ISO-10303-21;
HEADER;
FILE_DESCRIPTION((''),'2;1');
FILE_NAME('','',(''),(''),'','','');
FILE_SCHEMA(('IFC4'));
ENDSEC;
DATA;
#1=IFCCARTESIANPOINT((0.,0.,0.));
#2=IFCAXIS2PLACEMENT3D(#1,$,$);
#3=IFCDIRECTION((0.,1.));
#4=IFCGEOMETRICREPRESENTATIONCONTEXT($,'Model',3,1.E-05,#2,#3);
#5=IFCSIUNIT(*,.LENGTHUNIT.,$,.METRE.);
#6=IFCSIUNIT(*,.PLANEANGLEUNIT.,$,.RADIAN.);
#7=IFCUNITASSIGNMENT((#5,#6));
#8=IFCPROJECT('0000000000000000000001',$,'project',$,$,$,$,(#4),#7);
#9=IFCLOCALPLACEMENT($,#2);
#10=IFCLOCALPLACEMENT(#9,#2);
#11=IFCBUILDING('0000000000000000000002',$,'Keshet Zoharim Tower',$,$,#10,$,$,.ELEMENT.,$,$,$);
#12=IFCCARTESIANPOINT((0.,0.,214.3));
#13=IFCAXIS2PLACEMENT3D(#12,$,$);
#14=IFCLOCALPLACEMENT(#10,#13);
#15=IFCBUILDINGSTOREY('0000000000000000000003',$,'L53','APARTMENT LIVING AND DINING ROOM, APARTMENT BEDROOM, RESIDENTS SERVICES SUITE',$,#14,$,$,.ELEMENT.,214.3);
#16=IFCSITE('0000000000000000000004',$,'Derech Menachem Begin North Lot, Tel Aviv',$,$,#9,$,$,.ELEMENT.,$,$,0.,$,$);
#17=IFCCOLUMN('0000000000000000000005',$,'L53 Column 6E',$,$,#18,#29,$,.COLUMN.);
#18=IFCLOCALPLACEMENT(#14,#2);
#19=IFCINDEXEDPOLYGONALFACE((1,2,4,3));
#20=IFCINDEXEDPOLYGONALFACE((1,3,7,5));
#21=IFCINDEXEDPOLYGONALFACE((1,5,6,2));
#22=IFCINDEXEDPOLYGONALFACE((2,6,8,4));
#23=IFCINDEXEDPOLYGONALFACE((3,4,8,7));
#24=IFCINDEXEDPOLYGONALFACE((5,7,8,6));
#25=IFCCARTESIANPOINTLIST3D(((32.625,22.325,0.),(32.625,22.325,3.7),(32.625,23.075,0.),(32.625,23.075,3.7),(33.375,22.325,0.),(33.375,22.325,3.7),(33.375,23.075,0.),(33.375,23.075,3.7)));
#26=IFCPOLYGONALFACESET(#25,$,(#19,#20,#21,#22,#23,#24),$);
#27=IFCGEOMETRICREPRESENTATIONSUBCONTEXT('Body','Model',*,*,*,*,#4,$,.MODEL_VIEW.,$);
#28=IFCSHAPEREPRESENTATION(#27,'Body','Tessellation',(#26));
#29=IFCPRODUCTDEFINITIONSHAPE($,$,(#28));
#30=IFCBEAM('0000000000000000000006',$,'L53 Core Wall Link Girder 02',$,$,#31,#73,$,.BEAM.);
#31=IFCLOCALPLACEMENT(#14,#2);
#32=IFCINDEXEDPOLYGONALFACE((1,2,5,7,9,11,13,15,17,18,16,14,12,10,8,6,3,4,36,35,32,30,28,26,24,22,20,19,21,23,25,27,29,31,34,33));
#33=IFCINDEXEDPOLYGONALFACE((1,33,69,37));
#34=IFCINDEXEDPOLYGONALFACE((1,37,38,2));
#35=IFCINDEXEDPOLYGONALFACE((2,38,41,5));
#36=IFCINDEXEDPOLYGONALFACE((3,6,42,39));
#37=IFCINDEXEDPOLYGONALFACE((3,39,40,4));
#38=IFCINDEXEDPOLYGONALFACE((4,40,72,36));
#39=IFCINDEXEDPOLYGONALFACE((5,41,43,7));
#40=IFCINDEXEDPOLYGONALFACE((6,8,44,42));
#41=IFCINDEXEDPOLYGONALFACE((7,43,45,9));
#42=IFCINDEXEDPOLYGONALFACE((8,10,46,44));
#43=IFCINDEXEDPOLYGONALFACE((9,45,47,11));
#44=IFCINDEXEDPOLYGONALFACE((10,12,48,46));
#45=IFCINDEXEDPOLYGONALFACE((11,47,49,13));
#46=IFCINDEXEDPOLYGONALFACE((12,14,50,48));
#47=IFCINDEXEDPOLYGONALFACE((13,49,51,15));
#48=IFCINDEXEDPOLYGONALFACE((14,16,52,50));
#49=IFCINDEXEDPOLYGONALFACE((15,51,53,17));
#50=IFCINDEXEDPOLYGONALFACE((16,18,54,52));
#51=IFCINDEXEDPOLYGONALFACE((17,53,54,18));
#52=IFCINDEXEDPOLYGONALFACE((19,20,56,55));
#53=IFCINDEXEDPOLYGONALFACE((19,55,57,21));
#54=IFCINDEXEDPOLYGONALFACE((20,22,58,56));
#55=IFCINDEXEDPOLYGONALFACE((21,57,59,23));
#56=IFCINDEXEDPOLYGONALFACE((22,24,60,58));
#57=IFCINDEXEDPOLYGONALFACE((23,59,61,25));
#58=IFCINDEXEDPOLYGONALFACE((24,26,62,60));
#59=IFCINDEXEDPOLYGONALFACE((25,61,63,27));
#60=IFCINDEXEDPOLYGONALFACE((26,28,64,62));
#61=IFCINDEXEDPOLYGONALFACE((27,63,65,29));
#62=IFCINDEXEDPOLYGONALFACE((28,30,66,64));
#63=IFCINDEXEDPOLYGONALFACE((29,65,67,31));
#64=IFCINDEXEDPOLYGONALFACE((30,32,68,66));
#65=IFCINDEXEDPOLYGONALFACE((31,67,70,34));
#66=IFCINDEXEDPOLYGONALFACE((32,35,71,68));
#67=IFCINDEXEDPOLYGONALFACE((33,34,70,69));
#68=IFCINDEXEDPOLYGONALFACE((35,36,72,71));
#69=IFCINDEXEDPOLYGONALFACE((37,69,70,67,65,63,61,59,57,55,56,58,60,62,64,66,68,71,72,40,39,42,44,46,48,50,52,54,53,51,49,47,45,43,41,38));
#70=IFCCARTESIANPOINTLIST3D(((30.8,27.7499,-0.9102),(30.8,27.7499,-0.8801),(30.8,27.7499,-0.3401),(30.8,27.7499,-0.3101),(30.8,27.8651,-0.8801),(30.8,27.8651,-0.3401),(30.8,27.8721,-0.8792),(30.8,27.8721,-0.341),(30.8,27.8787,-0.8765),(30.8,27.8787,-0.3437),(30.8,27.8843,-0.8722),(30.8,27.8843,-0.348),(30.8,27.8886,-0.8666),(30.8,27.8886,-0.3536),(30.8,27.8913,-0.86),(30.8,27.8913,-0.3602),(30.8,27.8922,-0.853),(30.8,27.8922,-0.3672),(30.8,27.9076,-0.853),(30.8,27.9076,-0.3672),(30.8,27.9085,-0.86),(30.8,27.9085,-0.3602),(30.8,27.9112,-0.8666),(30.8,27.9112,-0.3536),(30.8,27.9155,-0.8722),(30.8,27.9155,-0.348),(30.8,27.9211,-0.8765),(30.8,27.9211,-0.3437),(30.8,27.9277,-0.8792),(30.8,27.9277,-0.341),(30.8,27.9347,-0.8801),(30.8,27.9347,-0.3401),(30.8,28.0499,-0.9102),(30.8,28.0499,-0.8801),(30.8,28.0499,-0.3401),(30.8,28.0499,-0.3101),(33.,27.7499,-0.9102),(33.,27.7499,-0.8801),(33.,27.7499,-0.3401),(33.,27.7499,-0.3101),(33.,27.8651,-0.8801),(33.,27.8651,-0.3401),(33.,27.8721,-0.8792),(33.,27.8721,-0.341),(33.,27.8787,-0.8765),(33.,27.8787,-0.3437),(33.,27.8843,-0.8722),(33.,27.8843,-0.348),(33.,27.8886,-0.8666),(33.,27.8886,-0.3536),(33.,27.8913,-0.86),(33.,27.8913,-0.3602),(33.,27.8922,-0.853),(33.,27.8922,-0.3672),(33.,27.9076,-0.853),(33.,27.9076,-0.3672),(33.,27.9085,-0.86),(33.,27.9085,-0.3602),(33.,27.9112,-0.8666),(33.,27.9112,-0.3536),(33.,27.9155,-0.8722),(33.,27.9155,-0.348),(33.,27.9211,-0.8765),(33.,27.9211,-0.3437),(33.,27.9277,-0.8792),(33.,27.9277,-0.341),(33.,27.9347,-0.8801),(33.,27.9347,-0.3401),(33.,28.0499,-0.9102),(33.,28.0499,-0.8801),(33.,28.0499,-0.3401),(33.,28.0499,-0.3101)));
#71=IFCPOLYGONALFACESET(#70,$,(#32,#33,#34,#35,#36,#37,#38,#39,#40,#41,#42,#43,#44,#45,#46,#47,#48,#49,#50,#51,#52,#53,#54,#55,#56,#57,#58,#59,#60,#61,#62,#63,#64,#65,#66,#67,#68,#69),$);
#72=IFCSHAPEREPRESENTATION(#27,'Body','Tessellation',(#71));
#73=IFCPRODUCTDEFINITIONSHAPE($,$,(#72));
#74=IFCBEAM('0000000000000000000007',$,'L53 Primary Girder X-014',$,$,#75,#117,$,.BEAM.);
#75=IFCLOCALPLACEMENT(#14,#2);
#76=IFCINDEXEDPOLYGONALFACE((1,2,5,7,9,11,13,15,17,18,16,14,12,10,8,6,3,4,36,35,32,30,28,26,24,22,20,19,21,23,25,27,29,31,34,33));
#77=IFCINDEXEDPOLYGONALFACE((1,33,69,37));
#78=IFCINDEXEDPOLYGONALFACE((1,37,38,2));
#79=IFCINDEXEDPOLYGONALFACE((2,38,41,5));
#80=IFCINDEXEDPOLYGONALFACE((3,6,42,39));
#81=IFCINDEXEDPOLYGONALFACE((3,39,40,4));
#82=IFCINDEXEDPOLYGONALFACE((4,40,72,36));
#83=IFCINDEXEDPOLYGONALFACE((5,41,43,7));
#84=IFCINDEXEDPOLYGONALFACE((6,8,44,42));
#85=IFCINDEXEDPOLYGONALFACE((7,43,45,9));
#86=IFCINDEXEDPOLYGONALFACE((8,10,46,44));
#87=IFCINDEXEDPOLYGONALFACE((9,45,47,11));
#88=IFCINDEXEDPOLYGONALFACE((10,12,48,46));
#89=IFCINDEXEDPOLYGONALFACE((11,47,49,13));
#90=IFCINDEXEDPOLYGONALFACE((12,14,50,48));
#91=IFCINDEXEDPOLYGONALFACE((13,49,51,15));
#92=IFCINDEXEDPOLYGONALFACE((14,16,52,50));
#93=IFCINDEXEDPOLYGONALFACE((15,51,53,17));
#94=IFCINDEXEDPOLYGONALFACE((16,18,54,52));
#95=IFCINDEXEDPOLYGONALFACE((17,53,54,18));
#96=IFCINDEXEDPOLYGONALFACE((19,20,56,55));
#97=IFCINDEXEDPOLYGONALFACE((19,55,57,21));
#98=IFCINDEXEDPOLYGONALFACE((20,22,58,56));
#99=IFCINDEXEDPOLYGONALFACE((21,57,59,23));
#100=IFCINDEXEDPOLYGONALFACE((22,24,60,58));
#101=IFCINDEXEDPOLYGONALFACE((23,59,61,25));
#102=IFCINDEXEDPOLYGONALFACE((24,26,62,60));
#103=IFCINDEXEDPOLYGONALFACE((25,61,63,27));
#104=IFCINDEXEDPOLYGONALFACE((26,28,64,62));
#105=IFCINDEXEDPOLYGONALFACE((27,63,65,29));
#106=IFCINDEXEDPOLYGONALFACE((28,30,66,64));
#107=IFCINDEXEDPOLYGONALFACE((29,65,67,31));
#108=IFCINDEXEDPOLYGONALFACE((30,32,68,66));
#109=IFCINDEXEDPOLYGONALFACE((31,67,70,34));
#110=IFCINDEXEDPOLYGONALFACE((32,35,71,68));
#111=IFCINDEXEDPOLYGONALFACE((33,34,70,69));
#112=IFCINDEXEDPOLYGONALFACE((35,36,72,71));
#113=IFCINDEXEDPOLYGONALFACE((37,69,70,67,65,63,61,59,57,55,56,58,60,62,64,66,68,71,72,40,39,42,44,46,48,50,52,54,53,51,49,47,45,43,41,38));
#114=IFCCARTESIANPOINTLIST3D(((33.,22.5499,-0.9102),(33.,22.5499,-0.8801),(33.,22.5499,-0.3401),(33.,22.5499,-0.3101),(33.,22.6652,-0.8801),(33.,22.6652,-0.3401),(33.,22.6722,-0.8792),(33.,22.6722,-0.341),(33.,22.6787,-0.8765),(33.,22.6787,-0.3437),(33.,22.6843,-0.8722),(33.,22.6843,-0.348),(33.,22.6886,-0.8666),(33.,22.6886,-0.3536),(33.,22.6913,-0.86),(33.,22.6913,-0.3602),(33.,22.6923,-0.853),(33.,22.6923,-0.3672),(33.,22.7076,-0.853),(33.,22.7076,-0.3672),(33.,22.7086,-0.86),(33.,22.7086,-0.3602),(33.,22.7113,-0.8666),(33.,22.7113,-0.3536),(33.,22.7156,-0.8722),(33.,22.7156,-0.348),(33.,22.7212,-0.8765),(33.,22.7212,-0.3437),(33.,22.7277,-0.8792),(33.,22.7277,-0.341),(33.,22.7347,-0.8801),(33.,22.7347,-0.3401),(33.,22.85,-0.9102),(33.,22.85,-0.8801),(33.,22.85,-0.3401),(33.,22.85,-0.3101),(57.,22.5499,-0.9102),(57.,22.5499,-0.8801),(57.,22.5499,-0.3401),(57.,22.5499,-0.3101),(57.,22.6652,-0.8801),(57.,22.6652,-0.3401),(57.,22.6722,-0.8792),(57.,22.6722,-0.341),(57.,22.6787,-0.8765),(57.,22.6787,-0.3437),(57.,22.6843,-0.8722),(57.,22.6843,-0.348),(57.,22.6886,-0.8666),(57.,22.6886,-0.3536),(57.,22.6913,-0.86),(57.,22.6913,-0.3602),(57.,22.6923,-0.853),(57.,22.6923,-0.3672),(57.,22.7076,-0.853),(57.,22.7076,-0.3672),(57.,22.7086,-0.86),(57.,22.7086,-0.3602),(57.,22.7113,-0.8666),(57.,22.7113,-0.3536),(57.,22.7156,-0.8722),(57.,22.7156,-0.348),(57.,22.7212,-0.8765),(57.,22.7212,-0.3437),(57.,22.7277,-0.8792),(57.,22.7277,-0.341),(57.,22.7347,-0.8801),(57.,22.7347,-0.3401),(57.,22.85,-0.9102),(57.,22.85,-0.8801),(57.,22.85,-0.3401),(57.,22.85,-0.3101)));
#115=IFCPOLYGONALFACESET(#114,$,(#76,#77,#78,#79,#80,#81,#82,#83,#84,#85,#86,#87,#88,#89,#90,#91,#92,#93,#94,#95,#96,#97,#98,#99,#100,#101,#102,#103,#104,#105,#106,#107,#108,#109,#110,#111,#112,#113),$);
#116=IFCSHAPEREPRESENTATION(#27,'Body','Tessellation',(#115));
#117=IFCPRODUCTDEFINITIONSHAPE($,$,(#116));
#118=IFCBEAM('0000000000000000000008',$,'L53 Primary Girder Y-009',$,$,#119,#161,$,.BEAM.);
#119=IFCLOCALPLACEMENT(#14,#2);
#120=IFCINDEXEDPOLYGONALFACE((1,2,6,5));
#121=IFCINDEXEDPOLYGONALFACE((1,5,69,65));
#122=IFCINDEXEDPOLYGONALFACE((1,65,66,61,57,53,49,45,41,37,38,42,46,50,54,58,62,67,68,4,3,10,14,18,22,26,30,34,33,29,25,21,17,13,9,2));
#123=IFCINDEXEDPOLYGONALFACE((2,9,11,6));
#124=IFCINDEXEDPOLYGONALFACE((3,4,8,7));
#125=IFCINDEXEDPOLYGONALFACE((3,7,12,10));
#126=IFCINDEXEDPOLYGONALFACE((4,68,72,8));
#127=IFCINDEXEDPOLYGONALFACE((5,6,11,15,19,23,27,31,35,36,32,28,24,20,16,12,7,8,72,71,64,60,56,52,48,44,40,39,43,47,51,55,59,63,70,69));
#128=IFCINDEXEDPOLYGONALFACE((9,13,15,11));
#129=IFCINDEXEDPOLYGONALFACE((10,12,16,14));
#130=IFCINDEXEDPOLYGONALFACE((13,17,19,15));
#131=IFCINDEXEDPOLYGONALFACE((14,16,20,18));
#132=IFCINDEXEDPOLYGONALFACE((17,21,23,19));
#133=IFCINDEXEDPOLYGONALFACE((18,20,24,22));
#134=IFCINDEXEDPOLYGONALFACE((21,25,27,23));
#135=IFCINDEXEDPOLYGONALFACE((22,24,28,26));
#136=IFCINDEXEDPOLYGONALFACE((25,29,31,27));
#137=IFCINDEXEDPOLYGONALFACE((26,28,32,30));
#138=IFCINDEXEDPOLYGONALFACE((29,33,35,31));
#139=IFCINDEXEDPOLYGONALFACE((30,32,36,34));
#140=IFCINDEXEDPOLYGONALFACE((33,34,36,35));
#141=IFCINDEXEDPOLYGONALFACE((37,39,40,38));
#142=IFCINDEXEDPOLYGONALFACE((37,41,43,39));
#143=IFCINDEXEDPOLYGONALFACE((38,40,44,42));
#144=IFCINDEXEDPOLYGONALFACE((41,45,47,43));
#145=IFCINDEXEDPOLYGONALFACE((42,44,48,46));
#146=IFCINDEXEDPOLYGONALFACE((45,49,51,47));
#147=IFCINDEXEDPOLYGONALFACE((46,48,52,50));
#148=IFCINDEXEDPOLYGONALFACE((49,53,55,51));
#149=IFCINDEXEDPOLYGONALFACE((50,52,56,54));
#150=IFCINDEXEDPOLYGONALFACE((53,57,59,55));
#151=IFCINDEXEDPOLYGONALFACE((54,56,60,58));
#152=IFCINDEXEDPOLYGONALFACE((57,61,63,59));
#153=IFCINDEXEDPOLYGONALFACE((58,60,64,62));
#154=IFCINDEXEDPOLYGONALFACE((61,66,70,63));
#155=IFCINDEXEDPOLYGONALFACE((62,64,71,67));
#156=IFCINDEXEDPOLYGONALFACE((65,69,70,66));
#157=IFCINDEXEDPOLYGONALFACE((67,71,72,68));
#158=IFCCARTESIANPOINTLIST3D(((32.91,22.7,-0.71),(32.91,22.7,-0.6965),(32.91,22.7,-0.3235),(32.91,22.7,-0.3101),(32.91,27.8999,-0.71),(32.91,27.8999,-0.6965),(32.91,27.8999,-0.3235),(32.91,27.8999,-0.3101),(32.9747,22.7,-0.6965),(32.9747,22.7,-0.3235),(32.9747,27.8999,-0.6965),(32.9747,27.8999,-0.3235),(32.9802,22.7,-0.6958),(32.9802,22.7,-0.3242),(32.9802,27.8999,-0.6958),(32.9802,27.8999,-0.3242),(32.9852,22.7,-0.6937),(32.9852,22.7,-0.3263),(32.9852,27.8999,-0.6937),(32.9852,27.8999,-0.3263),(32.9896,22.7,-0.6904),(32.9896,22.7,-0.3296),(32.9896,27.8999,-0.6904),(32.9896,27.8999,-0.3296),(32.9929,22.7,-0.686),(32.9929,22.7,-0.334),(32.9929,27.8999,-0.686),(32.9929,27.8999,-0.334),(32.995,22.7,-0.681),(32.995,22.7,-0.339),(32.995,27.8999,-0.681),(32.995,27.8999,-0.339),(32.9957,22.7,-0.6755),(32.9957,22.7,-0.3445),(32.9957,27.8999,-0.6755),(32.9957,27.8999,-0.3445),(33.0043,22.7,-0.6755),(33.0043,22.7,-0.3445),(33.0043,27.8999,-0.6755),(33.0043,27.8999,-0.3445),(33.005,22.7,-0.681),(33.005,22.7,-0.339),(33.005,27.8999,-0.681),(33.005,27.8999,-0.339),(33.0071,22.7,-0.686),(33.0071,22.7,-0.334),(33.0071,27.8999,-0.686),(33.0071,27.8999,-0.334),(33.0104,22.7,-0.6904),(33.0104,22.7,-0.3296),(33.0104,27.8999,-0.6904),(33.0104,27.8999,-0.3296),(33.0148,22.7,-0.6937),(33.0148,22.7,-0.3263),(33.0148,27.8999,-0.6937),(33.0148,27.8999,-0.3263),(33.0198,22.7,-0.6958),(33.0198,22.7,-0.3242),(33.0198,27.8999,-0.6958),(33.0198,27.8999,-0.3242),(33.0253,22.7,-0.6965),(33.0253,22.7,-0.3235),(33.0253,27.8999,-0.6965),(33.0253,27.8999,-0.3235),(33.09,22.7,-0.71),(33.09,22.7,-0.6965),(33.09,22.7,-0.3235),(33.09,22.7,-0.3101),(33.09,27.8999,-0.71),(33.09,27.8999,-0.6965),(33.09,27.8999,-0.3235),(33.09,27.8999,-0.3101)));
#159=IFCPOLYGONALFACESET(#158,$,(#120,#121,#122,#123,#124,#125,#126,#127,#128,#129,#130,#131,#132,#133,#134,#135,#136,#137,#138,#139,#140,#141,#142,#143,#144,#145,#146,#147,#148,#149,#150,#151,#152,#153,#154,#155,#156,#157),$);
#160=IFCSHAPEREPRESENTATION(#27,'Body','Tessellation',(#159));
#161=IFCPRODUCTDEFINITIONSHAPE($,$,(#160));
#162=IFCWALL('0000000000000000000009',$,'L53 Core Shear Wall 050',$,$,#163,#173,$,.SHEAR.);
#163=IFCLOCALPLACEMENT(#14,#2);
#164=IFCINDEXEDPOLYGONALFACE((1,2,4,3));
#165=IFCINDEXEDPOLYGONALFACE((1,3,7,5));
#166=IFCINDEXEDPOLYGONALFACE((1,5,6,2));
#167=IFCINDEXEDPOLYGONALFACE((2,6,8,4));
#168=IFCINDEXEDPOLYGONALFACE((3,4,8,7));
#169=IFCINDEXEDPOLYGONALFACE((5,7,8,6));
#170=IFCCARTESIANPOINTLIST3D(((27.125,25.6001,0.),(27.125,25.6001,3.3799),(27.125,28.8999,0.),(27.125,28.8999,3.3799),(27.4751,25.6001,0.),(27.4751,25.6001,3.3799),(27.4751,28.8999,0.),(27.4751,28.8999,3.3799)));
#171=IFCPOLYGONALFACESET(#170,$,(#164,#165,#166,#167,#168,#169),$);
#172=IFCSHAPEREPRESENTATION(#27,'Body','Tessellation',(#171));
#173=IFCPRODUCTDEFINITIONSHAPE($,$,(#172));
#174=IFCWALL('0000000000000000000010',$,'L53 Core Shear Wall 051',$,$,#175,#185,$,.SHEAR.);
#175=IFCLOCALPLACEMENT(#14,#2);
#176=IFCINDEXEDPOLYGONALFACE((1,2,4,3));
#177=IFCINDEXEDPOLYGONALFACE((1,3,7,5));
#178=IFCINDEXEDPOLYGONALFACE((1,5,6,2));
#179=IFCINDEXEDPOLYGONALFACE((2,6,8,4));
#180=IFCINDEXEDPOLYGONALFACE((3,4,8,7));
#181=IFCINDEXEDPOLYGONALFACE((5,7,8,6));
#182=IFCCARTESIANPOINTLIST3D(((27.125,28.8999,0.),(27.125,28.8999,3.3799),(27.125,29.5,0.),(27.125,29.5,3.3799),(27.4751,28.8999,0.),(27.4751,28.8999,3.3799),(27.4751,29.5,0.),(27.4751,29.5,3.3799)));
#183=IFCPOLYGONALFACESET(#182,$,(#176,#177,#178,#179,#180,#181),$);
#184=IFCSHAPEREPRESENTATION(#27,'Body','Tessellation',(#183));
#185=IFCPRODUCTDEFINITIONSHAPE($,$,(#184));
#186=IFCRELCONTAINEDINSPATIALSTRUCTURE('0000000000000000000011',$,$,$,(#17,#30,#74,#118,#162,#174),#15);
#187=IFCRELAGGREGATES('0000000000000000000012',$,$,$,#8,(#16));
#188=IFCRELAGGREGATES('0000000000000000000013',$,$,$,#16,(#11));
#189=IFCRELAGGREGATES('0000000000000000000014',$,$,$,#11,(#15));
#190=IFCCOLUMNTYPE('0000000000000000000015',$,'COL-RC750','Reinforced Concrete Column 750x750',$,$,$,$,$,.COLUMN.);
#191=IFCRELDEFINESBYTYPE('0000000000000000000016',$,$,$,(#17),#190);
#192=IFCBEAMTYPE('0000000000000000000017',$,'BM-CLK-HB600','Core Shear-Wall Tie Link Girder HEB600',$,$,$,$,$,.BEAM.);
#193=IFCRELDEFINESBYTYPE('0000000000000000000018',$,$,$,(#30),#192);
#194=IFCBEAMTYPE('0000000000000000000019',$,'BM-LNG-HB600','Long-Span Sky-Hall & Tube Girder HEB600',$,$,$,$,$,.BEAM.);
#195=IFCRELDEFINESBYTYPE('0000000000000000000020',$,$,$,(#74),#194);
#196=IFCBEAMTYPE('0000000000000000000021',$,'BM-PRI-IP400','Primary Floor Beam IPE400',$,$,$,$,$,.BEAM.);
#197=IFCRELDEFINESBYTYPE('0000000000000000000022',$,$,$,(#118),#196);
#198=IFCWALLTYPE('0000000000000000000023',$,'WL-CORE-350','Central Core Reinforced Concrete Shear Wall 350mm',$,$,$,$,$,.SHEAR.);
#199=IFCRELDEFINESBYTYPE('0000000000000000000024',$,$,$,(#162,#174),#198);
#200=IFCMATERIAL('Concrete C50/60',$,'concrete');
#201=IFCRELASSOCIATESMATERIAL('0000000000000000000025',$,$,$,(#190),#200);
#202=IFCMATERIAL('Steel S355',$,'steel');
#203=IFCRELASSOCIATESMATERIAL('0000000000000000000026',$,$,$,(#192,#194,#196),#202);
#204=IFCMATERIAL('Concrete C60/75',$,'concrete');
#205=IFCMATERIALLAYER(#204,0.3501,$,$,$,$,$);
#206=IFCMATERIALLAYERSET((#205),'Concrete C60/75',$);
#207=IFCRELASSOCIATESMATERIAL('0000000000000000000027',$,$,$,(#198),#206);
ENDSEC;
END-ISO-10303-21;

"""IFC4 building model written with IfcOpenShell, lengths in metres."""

from ifc_helpers import new_model, si_unit, direction, frame, frame_2d, origin, origin_2d, place, context, subcontext, project, spatial, rectangle, i_section, extrude, material, layer, layer_set, material_profile, profile_set, type_object, element, save


model = new_model("IFC4")

# Units and contexts
model_context = context("Model", 3, precision=1e-05, world=origin(), true_north=direction((0.0, 1.0)))
body_context = subcontext(model_context, "Body", "Model", "MODEL_VIEW")
ifc_project = project(units=[si_unit("LENGTHUNIT", "METRE"), si_unit("PLANEANGLEUNIT", "RADIAN")], contexts=[model_context])

# Site, building, storey
site_placement = place(None, origin())
site = spatial("IfcSite", under=ifc_project, at=site_placement, Name="Derech Menachem Begin North Lot, Tel Aviv", CompositionType="ELEMENT", RefElevation=0.0)
building_placement = place(site_placement, origin())
building = spatial("IfcBuilding", under=site, at=building_placement, Name="Keshet Zoharim Tower", CompositionType="ELEMENT")
storey_placement = place(building_placement, frame((0.0, 0.0, 214.3)))
storey = spatial("IfcBuildingStorey", under=building, at=storey_placement, Name="L53", Description="APARTMENT LIVING AND DINING ROOM, APARTMENT BEDROOM, RESIDENTS SERVICES SUITE", CompositionType="ELEMENT", Elevation=214.3)

# Column
ifc_material_1 = material(Name="Concrete C50/60", Category="concrete")
ifc_material_profile_1 = material_profile(ifc_material_1, rectangle(XDim=0.75, YDim=0.75, at=origin_2d()), Name="RC750x750")
ifc_profile_set_1 = profile_set([ifc_material_profile_1], Name="Concrete C50/60")
column_type = type_object("IfcColumnType", Name="COL-RC750", Description="Reinforced Concrete Column 750x750", PredefinedType="COLUMN", material=ifc_profile_set_1)
column_placement = place(storey_placement, frame((33.0, 22.7, 0.0), z_axis=(0.0, 0.0, 1.0), x_axis=(1.0, 0.0, 0.0)))
element("IfcColumn", 1, at=column_placement, inside=storey, type_object=column_type, Name="L53 Column 6E", PredefinedType="COLUMN", context=body_context, shape_type="SweptSolid", body=[
    extrude(rectangle(XDim=0.75, YDim=0.75, at=origin_2d()), origin(), (0.0, 0.0, 1.0), 3.7),
])

# Beams
ifc_material_2 = material(Name="Steel S355", Category="steel")
ifc_material_profile_2 = material_profile(ifc_material_2, i_section(OverallWidth=0.3, OverallDepth=0.6001, WebThickness=0.0154, FlangeThickness=0.03, FilletRadius=0.0271, at=origin_2d()), Name="HEB600")
ifc_profile_set_2 = profile_set([ifc_material_profile_2], Name="Steel S355")
beam_type_1 = type_object("IfcBeamType", Name="BM-CLK-HB600", Description="Core Shear-Wall Tie Link Girder HEB600", PredefinedType="BEAM", material=ifc_profile_set_2)
beam_1_placement = place(storey_placement, frame((30.8, 27.8999, -0.6101), z_axis=(1.0, 0.0, 0.0), x_axis=(0.0, 1.0, 0.0)))
element("IfcBeam", 2, at=beam_1_placement, inside=storey, type_object=beam_type_1, Name="L53 Core Wall Link Girder 02", PredefinedType="BEAM", context=body_context, shape_type="SweptSolid", body=[
    extrude(i_section(OverallWidth=0.3, OverallDepth=0.6001, WebThickness=0.0154, FlangeThickness=0.03, FilletRadius=0.0271, at=origin_2d()), origin(), (0.0, 0.0, 1.0), 2.2),
])
ifc_material_profile_3 = material_profile(ifc_material_2, i_section(OverallWidth=0.3, OverallDepth=0.6001, WebThickness=0.0154, FlangeThickness=0.03, FilletRadius=0.0271, at=origin_2d()), Name="HEB600")
ifc_profile_set_3 = profile_set([ifc_material_profile_3], Name="Steel S355")
beam_type_2 = type_object("IfcBeamType", Name="BM-LNG-HB600", Description="Long-Span Sky-Hall & Tube Girder HEB600", PredefinedType="BEAM", material=ifc_profile_set_3)
beam_2_placement = place(storey_placement, frame((33.0, 22.7, -0.6101), z_axis=(1.0, 0.0, 0.0), x_axis=(0.0, 1.0, 0.0)))
element("IfcBeam", 3, at=beam_2_placement, inside=storey, type_object=beam_type_2, Name="L53 Primary Girder X-014", PredefinedType="BEAM", context=body_context, shape_type="SweptSolid", body=[
    extrude(i_section(OverallWidth=0.3, OverallDepth=0.6001, WebThickness=0.0154, FlangeThickness=0.03, FilletRadius=0.0271, at=origin_2d()), origin(), (0.0, 0.0, 1.0), 24.0),
])
ifc_material_profile_4 = material_profile(ifc_material_2, i_section(OverallWidth=0.1799, OverallDepth=0.3999, WebThickness=0.0085, FlangeThickness=0.0134, FilletRadius=0.021, at=origin_2d()), Name="IPE400")
ifc_profile_set_4 = profile_set([ifc_material_profile_4], Name="Steel S355")
beam_type_3 = type_object("IfcBeamType", Name="BM-PRI-IP400", Description="Primary Floor Beam IPE400", PredefinedType="BEAM", material=ifc_profile_set_4)
beam_3_placement = place(storey_placement, frame((33.0, 22.7, -0.51), z_axis=(0.0, 1.0, 0.0), x_axis=(-1.0, 0.0, 0.0)))
element("IfcBeam", 4, at=beam_3_placement, inside=storey, type_object=beam_type_3, Name="L53 Primary Girder Y-009", PredefinedType="BEAM", context=body_context, shape_type="SweptSolid", body=[
    extrude(i_section(OverallWidth=0.1799, OverallDepth=0.3999, WebThickness=0.0085, FlangeThickness=0.0134, FilletRadius=0.021, at=origin_2d()), origin(), (0.0, 0.0, 1.0), 5.2),
])

# Walls
ifc_material_3 = material(Name="Concrete C60/75", Category="concrete")
ifc_layer_1 = layer(ifc_material_3, 0.3501)
ifc_layer_set_1 = layer_set([ifc_layer_1], Name="Concrete C60/75")
wall_type_1 = type_object("IfcWallType", Name="WL-CORE-350", Description="Central Core Reinforced Concrete Shear Wall 350mm", PredefinedType="SHEAR", material=ifc_layer_set_1)
wall_1_placement = place(storey_placement, frame((27.3, 25.6001, 0.0), z_axis=(0.0, 0.0, 1.0), x_axis=(0.0, 1.0, 0.0)))
element("IfcWall", 5, at=wall_1_placement, inside=storey, type_object=wall_type_1, Name="L53 Core Shear Wall 050", PredefinedType="SHEAR", context=body_context, shape_type="SweptSolid", body=[
    extrude(rectangle(XDim=3.2998, YDim=0.3501, at=frame_2d((1.6499, 0.0))), origin(), (0.0, 0.0, 1.0), 3.3799),
])
wall_2_placement = place(storey_placement, frame((27.3, 28.8999, 0.0), z_axis=(0.0, 0.0, 1.0), x_axis=(0.0, 1.0, 0.0)))
element("IfcWall", 6, at=wall_2_placement, inside=storey, type_object=wall_type_1, Name="L53 Core Shear Wall 051", PredefinedType="SHEAR", context=body_context, shape_type="SweptSolid", body=[
    extrude(rectangle(XDim=0.6001, YDim=0.3501, at=frame_2d((0.3, 0.0))), origin(), (0.0, 0.0, 1.0), 3.3799),
])

save(model, "model.ifc")
